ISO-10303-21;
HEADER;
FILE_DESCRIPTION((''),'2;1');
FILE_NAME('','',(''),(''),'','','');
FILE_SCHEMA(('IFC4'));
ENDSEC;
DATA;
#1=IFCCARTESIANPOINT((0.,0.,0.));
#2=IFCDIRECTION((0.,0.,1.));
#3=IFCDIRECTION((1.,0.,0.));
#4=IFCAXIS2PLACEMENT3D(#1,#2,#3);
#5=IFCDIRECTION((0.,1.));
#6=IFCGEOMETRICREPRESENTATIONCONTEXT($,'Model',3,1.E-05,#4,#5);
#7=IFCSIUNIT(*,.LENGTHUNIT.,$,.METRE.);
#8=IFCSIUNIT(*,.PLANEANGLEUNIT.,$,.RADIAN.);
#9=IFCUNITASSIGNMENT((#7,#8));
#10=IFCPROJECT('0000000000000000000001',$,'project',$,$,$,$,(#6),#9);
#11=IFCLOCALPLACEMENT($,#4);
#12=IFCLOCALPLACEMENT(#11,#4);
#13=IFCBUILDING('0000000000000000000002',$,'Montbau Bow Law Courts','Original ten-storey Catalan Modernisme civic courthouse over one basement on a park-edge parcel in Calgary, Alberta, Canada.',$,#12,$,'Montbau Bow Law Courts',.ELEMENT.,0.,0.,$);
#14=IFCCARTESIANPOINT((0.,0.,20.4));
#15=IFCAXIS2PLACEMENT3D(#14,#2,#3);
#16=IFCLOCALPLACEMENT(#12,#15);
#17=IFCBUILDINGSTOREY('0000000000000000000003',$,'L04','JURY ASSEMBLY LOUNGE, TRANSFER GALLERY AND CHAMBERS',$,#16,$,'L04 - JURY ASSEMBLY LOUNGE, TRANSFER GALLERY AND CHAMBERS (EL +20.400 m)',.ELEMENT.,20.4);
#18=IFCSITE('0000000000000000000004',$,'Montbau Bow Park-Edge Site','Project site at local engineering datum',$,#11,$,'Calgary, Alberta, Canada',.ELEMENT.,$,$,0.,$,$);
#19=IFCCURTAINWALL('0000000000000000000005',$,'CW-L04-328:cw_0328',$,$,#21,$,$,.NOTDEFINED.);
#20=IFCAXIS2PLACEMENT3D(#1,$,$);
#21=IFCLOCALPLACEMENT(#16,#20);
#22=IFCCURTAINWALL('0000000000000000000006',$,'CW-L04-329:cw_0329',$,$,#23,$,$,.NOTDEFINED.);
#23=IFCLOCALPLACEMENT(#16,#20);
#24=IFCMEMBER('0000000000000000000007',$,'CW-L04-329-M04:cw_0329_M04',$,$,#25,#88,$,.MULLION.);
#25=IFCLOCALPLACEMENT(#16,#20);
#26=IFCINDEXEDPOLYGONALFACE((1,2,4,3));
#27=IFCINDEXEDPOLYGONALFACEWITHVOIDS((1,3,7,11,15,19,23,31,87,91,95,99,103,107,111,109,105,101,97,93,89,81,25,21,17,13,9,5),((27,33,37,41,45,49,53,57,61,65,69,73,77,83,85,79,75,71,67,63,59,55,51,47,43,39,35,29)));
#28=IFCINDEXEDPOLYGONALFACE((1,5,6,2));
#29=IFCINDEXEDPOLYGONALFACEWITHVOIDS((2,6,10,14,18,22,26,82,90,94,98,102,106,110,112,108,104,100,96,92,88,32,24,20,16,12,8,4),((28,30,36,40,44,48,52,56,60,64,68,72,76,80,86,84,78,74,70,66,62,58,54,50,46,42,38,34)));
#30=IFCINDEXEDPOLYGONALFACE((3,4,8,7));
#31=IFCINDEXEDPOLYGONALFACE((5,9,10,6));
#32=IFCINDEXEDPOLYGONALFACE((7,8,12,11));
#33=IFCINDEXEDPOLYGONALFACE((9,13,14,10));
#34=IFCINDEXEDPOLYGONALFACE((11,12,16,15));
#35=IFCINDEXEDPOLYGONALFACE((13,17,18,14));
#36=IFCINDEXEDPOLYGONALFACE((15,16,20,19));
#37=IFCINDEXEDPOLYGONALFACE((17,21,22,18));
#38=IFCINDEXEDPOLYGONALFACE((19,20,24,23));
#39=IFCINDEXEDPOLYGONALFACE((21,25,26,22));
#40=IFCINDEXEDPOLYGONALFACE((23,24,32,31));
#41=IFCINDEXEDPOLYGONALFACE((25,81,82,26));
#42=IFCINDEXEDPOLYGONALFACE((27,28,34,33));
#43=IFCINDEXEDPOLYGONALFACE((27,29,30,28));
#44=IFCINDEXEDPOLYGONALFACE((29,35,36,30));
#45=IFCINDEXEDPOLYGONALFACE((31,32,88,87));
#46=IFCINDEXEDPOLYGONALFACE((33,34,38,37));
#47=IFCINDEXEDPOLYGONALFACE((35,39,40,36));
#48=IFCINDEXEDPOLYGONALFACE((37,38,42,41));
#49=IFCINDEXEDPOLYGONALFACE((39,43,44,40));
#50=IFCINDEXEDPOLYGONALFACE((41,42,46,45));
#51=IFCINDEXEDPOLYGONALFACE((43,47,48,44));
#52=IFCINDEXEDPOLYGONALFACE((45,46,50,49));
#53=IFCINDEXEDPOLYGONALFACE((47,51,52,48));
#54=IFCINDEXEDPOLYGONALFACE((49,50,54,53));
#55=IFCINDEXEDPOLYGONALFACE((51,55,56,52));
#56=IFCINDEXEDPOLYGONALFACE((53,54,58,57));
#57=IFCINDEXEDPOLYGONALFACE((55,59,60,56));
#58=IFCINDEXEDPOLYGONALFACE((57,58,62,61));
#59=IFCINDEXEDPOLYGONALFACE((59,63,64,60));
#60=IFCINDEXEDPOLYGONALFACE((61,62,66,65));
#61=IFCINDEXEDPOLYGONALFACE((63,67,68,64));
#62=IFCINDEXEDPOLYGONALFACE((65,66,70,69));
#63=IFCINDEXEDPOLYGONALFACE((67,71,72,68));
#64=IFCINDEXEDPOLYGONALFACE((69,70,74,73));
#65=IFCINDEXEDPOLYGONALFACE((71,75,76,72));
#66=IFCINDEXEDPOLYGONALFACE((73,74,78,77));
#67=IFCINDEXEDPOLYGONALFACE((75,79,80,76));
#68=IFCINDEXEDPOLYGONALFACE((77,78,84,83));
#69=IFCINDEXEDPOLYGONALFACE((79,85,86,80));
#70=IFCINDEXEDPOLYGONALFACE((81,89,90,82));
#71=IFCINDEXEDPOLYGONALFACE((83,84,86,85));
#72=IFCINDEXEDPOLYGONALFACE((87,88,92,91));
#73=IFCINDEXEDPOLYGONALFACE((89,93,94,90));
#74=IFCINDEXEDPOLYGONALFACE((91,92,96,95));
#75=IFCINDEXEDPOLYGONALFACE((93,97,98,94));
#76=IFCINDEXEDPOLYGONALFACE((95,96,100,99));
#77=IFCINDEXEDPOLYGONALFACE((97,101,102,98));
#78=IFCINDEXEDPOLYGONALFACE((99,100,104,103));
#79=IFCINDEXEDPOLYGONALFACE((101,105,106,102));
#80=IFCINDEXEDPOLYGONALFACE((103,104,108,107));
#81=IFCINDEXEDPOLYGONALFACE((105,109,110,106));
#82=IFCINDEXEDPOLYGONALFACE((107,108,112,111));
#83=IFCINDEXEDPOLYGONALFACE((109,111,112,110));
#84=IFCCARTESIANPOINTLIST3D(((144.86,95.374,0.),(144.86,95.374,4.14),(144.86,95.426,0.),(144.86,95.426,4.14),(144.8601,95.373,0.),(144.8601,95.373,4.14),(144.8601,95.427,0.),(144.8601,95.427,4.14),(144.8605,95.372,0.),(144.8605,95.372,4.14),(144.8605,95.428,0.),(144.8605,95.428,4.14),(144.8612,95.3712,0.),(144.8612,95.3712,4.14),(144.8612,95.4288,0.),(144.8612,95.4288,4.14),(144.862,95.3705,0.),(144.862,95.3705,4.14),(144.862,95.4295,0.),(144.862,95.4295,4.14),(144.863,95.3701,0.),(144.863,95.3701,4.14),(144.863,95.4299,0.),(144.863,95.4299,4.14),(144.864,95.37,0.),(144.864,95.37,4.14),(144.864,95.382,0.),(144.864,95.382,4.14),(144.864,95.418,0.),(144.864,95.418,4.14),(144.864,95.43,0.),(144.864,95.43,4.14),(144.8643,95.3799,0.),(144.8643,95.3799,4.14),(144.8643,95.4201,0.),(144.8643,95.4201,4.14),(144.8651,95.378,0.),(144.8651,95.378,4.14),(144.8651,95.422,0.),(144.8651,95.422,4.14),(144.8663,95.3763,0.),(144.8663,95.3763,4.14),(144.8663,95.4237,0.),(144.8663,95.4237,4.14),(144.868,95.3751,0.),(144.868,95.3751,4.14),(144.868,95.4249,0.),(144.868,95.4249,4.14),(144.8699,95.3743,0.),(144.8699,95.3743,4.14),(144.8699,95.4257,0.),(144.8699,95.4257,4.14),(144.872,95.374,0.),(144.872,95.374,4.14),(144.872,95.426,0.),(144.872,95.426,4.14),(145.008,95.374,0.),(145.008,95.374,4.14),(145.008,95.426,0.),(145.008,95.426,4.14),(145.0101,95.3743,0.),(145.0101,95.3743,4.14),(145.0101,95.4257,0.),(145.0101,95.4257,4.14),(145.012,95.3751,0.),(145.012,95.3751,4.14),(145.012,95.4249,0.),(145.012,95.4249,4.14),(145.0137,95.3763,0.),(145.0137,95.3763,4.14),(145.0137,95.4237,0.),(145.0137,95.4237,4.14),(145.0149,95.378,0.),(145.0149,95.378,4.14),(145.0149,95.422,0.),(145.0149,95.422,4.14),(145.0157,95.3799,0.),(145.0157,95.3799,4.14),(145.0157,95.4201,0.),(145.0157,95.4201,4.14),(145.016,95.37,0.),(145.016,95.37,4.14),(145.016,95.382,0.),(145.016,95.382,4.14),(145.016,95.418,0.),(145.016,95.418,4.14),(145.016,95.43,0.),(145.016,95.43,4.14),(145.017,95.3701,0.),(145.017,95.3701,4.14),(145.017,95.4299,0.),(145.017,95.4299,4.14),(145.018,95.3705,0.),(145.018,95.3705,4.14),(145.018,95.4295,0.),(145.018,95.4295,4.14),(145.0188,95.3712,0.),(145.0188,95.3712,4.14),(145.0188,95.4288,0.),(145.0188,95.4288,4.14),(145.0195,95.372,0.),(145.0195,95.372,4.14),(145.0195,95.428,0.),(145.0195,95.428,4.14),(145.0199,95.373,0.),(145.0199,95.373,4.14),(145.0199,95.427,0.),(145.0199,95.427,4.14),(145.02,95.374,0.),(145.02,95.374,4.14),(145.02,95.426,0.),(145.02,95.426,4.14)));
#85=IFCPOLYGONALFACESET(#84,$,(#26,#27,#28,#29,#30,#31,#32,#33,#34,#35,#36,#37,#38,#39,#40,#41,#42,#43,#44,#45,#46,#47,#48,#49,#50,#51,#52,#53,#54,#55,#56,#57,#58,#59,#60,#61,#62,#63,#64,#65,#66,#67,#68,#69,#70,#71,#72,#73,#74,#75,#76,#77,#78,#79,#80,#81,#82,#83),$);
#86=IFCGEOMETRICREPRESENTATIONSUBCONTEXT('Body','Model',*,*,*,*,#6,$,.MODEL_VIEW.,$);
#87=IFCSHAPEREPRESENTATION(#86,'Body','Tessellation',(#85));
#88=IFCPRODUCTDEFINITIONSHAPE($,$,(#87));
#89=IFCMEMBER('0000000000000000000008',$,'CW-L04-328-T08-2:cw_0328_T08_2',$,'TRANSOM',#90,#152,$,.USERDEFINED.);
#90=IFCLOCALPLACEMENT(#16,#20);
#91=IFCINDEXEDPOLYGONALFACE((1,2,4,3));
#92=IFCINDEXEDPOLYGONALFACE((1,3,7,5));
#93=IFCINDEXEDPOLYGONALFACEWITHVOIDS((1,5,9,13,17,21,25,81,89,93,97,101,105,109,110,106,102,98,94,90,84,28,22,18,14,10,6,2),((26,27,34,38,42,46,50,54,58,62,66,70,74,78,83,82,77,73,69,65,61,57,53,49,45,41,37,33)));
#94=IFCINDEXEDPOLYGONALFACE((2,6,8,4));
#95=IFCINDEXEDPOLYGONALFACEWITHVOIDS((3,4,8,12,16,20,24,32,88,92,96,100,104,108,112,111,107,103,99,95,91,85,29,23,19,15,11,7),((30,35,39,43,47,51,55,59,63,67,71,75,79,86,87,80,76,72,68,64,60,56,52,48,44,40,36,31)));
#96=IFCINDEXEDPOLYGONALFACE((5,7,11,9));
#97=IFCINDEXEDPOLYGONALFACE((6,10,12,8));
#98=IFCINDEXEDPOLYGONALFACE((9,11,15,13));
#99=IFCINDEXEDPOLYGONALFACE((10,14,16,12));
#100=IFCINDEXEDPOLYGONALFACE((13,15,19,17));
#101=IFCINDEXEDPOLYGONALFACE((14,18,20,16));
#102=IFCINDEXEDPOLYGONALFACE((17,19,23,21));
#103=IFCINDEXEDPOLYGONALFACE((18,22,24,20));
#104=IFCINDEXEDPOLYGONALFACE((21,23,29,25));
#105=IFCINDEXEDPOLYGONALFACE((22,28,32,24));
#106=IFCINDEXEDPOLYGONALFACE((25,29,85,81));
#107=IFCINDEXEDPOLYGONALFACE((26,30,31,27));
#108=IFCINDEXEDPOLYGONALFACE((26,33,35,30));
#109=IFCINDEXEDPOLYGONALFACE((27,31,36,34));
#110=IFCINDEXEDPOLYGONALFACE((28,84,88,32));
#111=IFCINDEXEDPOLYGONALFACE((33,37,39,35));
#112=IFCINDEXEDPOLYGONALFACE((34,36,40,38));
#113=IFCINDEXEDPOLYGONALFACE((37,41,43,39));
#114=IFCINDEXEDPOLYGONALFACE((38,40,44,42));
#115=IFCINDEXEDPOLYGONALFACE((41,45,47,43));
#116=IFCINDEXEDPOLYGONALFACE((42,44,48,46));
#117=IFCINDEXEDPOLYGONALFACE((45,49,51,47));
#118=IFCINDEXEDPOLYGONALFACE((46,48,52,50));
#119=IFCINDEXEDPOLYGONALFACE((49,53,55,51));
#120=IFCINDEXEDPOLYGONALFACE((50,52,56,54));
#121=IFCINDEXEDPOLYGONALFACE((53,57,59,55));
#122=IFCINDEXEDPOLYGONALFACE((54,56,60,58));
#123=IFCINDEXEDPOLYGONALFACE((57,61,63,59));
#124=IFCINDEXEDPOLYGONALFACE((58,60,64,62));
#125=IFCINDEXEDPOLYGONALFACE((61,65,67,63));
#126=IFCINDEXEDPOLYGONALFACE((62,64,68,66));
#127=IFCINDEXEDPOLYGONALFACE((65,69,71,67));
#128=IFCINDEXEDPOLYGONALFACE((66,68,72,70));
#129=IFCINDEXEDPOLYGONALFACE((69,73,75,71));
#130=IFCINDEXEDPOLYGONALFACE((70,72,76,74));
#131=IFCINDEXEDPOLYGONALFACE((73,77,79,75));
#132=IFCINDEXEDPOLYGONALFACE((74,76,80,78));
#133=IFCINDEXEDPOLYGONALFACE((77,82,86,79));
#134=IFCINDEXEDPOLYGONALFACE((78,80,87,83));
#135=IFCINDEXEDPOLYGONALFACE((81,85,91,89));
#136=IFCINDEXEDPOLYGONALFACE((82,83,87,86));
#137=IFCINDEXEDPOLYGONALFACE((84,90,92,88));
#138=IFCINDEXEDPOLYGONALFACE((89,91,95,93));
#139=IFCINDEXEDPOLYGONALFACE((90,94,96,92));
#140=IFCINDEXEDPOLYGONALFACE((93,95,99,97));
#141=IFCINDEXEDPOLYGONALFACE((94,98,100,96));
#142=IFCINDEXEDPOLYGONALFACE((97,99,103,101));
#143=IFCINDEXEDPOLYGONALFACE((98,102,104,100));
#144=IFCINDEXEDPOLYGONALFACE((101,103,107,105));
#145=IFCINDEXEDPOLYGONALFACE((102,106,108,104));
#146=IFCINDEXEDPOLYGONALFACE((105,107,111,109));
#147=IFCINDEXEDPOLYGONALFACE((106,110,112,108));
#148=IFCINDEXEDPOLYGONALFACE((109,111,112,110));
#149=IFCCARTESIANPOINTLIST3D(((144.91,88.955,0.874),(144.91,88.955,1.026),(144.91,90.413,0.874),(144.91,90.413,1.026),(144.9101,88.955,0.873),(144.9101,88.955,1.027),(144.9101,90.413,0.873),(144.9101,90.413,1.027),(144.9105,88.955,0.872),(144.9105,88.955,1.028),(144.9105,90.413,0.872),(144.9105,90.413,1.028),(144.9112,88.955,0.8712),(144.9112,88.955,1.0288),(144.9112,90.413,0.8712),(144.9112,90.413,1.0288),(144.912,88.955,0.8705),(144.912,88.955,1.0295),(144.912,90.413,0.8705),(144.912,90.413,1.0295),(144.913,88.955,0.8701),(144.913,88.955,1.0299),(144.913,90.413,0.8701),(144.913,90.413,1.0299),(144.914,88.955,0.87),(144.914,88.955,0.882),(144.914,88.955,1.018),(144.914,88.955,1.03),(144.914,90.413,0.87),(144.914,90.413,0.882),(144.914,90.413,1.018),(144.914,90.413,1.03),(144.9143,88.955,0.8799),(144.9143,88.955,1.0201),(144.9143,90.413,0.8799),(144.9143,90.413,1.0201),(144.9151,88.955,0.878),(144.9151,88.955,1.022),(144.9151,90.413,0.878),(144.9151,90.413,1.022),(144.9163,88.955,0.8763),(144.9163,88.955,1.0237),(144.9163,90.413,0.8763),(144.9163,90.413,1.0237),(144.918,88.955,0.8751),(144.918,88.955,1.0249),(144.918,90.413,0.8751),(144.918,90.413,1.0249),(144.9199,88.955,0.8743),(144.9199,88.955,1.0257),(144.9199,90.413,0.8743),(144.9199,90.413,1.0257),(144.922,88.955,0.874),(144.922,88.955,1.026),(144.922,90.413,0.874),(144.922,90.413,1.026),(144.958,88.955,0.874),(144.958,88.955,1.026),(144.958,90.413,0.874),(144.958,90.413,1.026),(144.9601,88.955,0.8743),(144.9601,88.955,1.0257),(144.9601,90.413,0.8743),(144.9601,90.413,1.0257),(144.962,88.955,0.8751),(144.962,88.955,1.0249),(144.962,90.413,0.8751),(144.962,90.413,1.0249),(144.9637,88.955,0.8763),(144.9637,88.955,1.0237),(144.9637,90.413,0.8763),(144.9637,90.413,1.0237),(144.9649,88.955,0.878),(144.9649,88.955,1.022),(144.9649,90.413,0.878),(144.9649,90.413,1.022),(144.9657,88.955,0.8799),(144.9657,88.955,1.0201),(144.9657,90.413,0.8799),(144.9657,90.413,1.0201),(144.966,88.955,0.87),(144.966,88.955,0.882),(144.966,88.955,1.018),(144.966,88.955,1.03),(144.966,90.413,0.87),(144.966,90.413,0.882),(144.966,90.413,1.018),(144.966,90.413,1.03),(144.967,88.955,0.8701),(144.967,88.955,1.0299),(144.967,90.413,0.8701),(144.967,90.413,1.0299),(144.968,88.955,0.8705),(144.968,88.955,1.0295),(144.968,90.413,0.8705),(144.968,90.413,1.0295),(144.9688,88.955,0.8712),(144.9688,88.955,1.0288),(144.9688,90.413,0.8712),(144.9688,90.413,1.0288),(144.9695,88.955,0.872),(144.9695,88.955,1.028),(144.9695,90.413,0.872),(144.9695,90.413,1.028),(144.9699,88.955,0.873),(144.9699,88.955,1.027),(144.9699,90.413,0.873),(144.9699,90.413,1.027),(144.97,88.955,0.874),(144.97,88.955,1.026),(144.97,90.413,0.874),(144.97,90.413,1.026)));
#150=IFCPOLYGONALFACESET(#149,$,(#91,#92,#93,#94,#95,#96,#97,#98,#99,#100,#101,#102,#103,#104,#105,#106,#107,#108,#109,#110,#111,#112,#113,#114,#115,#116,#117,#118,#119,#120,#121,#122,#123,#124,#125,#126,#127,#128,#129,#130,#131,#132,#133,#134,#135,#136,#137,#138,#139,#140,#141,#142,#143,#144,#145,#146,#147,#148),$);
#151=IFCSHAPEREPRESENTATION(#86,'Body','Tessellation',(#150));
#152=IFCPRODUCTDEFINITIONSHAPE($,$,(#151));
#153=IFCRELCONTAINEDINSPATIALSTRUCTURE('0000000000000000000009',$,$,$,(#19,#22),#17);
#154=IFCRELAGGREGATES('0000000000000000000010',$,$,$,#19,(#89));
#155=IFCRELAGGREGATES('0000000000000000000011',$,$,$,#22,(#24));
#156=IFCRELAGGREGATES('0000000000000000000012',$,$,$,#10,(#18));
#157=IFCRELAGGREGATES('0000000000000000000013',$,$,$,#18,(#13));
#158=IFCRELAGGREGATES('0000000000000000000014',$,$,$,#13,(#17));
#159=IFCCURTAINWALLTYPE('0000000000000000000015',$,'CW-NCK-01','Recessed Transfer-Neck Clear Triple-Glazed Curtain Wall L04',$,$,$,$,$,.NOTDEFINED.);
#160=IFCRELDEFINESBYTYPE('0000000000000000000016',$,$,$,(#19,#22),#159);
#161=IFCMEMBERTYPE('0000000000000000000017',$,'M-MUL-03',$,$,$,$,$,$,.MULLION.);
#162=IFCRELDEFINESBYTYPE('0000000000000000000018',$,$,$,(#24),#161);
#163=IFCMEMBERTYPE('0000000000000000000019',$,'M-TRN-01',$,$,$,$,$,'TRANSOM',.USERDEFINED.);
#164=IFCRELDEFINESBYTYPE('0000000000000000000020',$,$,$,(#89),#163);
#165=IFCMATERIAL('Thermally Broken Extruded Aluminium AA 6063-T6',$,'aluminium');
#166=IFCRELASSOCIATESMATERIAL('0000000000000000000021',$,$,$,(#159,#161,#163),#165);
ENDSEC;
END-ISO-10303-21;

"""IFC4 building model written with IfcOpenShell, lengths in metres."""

from ifc_helpers import new_model, si_unit, direction, frame, origin_with_axes, origin_2d_with_axis, place, context, subcontext, project, spatial, hollow_rectangle, extrude, material, material_profile, profile_set, type_object, element, aggregate, save


model = new_model("IFC4")

# Units and contexts
model_context = context("Model", 3, precision=1e-05, world=origin_with_axes(), true_north=direction((0.0, 1.0)))
body_context = subcontext(model_context, "Body", "Model", "MODEL_VIEW")
ifc_project = project(units=[si_unit("LENGTHUNIT", "METRE"), si_unit("PLANEANGLEUNIT", "RADIAN")], contexts=[model_context])

# Site, building, storey
site_placement = place(None, origin_with_axes())
site = spatial("IfcSite", under=ifc_project, at=site_placement, Name="Montbau Bow Park-Edge Site", Description="Project site at local engineering datum", LongName="Calgary, Alberta, Canada", CompositionType="ELEMENT", RefElevation=0.0)
building_placement = place(site_placement, origin_with_axes())
building = spatial("IfcBuilding", under=site, at=building_placement, Name="Montbau Bow Law Courts", Description="Original ten-storey Catalan Modernisme civic courthouse over one basement on a park-edge parcel in Calgary, Alberta, Canada.", LongName="Montbau Bow Law Courts", CompositionType="ELEMENT", ElevationOfRefHeight=0.0, ElevationOfTerrain=0.0)
storey_placement = place(building_placement, frame((0.0, 0.0, 20.4), z_axis=(0.0, 0.0, 1.0), x_axis=(1.0, 0.0, 0.0)))
storey = spatial("IfcBuildingStorey", under=building, at=storey_placement, Name="L04", Description="JURY ASSEMBLY LOUNGE, TRANSFER GALLERY AND CHAMBERS", LongName="L04 - JURY ASSEMBLY LOUNGE, TRANSFER GALLERY AND CHAMBERS (EL +20.400 m)", CompositionType="ELEMENT", Elevation=20.4)

# Curtain wall
ifc_material_1 = material(Name="Thermally Broken Extruded Aluminium AA 6063-T6", Category="aluminium")
curtain_wall_type = type_object("IfcCurtainWallType", Name="CW-NCK-01", Description="Recessed Transfer-Neck Clear Triple-Glazed Curtain Wall L04", PredefinedType="NOTDEFINED", material=ifc_material_1)
curtain_wall_1_placement = place(None, frame((144.94, 78.0, 20.4), z_axis=(0.0, 0.0, 1.0), x_axis=(1.0, 0.0, 0.0)))
curtain_wall_1 = element("IfcCurtainWall", 1, at=curtain_wall_1_placement, inside=storey, type_object=curtain_wall_type, Name="CW-L04-328:cw_0328", PredefinedType="NOTDEFINED")

# Curtain wall, member
curtain_wall_2_placement = place(None, frame((144.94, 90.72, 20.4), z_axis=(0.0, 0.0, 1.0), x_axis=(1.0, 0.0, 0.0)))
curtain_wall_2 = element("IfcCurtainWall", 2, at=curtain_wall_2_placement, inside=storey, type_object=curtain_wall_type, Name="CW-L04-329:cw_0329", PredefinedType="NOTDEFINED")
ifc_material_profile_1 = material_profile(ifc_material_1, hollow_rectangle(XDim=0.06, YDim=0.16, WallThickness=0.004, InnerFilletRadius=0.008, OuterFilletRadius=0.004, at=origin_2d_with_axis()), Name="CWM-160X60", Category="Main", Priority=0)
ifc_profile_set_1 = profile_set([ifc_material_profile_1], Name="Thermally Broken Extruded Aluminium AA 6063-T6")
member_type_1 = type_object("IfcMemberType", Name="M-MUL-03", PredefinedType="MULLION", material=ifc_profile_set_1)
member_1_placement = place(None, frame((144.94, 95.4, 20.4), z_axis=(0.0, 0.0, 1.0), x_axis=(0.0, 1.0, 0.0)))
member_1 = element("IfcMember", 3, at=member_1_placement, type_object=member_type_1, Name="CW-L04-329-M04:cw_0329_M04", PredefinedType="MULLION", context=body_context, shape_type="SweptSolid", body=[
    extrude(hollow_rectangle(XDim=0.06, YDim=0.16, WallThickness=0.004, InnerFilletRadius=0.008, OuterFilletRadius=0.004, at=origin_2d_with_axis()), origin_with_axes(), (0.0, 0.0, 1.0), 4.14),
])

# Member
ifc_material_profile_2 = material_profile(ifc_material_1, hollow_rectangle(XDim=0.06, YDim=0.16, WallThickness=0.004, InnerFilletRadius=0.008, OuterFilletRadius=0.004, at=origin_2d_with_axis()), Name="CWT-160X60", Category="Main", Priority=0)
ifc_profile_set_2 = profile_set([ifc_material_profile_2], Name="Thermally Broken Extruded Aluminium AA 6063-T6")
member_type_2 = type_object("IfcMemberType", Name="M-TRN-01", ElementType="TRANSOM", PredefinedType="USERDEFINED", material=ifc_profile_set_2)
member_2_placement = place(None, frame((144.94, 88.955, 21.35), z_axis=(0.0, 1.0, 0.0), x_axis=(-1.0, 0.0, 0.0)))
member_2 = element("IfcMember", 4, at=member_2_placement, type_object=member_type_2, Name="CW-L04-328-T08-2:cw_0328_T08_2", ObjectType="TRANSOM", PredefinedType="USERDEFINED", context=body_context, shape_type="SweptSolid", body=[
    extrude(hollow_rectangle(XDim=0.06, YDim=0.16, WallThickness=0.004, InnerFilletRadius=0.008, OuterFilletRadius=0.004, at=origin_2d_with_axis()), origin_with_axes(), (0.0, 0.0, 1.0), 1.458),
])
aggregate(curtain_wall_1, [member_2])

aggregate(curtain_wall_2, [member_1])

save(model, "model.ifc")
